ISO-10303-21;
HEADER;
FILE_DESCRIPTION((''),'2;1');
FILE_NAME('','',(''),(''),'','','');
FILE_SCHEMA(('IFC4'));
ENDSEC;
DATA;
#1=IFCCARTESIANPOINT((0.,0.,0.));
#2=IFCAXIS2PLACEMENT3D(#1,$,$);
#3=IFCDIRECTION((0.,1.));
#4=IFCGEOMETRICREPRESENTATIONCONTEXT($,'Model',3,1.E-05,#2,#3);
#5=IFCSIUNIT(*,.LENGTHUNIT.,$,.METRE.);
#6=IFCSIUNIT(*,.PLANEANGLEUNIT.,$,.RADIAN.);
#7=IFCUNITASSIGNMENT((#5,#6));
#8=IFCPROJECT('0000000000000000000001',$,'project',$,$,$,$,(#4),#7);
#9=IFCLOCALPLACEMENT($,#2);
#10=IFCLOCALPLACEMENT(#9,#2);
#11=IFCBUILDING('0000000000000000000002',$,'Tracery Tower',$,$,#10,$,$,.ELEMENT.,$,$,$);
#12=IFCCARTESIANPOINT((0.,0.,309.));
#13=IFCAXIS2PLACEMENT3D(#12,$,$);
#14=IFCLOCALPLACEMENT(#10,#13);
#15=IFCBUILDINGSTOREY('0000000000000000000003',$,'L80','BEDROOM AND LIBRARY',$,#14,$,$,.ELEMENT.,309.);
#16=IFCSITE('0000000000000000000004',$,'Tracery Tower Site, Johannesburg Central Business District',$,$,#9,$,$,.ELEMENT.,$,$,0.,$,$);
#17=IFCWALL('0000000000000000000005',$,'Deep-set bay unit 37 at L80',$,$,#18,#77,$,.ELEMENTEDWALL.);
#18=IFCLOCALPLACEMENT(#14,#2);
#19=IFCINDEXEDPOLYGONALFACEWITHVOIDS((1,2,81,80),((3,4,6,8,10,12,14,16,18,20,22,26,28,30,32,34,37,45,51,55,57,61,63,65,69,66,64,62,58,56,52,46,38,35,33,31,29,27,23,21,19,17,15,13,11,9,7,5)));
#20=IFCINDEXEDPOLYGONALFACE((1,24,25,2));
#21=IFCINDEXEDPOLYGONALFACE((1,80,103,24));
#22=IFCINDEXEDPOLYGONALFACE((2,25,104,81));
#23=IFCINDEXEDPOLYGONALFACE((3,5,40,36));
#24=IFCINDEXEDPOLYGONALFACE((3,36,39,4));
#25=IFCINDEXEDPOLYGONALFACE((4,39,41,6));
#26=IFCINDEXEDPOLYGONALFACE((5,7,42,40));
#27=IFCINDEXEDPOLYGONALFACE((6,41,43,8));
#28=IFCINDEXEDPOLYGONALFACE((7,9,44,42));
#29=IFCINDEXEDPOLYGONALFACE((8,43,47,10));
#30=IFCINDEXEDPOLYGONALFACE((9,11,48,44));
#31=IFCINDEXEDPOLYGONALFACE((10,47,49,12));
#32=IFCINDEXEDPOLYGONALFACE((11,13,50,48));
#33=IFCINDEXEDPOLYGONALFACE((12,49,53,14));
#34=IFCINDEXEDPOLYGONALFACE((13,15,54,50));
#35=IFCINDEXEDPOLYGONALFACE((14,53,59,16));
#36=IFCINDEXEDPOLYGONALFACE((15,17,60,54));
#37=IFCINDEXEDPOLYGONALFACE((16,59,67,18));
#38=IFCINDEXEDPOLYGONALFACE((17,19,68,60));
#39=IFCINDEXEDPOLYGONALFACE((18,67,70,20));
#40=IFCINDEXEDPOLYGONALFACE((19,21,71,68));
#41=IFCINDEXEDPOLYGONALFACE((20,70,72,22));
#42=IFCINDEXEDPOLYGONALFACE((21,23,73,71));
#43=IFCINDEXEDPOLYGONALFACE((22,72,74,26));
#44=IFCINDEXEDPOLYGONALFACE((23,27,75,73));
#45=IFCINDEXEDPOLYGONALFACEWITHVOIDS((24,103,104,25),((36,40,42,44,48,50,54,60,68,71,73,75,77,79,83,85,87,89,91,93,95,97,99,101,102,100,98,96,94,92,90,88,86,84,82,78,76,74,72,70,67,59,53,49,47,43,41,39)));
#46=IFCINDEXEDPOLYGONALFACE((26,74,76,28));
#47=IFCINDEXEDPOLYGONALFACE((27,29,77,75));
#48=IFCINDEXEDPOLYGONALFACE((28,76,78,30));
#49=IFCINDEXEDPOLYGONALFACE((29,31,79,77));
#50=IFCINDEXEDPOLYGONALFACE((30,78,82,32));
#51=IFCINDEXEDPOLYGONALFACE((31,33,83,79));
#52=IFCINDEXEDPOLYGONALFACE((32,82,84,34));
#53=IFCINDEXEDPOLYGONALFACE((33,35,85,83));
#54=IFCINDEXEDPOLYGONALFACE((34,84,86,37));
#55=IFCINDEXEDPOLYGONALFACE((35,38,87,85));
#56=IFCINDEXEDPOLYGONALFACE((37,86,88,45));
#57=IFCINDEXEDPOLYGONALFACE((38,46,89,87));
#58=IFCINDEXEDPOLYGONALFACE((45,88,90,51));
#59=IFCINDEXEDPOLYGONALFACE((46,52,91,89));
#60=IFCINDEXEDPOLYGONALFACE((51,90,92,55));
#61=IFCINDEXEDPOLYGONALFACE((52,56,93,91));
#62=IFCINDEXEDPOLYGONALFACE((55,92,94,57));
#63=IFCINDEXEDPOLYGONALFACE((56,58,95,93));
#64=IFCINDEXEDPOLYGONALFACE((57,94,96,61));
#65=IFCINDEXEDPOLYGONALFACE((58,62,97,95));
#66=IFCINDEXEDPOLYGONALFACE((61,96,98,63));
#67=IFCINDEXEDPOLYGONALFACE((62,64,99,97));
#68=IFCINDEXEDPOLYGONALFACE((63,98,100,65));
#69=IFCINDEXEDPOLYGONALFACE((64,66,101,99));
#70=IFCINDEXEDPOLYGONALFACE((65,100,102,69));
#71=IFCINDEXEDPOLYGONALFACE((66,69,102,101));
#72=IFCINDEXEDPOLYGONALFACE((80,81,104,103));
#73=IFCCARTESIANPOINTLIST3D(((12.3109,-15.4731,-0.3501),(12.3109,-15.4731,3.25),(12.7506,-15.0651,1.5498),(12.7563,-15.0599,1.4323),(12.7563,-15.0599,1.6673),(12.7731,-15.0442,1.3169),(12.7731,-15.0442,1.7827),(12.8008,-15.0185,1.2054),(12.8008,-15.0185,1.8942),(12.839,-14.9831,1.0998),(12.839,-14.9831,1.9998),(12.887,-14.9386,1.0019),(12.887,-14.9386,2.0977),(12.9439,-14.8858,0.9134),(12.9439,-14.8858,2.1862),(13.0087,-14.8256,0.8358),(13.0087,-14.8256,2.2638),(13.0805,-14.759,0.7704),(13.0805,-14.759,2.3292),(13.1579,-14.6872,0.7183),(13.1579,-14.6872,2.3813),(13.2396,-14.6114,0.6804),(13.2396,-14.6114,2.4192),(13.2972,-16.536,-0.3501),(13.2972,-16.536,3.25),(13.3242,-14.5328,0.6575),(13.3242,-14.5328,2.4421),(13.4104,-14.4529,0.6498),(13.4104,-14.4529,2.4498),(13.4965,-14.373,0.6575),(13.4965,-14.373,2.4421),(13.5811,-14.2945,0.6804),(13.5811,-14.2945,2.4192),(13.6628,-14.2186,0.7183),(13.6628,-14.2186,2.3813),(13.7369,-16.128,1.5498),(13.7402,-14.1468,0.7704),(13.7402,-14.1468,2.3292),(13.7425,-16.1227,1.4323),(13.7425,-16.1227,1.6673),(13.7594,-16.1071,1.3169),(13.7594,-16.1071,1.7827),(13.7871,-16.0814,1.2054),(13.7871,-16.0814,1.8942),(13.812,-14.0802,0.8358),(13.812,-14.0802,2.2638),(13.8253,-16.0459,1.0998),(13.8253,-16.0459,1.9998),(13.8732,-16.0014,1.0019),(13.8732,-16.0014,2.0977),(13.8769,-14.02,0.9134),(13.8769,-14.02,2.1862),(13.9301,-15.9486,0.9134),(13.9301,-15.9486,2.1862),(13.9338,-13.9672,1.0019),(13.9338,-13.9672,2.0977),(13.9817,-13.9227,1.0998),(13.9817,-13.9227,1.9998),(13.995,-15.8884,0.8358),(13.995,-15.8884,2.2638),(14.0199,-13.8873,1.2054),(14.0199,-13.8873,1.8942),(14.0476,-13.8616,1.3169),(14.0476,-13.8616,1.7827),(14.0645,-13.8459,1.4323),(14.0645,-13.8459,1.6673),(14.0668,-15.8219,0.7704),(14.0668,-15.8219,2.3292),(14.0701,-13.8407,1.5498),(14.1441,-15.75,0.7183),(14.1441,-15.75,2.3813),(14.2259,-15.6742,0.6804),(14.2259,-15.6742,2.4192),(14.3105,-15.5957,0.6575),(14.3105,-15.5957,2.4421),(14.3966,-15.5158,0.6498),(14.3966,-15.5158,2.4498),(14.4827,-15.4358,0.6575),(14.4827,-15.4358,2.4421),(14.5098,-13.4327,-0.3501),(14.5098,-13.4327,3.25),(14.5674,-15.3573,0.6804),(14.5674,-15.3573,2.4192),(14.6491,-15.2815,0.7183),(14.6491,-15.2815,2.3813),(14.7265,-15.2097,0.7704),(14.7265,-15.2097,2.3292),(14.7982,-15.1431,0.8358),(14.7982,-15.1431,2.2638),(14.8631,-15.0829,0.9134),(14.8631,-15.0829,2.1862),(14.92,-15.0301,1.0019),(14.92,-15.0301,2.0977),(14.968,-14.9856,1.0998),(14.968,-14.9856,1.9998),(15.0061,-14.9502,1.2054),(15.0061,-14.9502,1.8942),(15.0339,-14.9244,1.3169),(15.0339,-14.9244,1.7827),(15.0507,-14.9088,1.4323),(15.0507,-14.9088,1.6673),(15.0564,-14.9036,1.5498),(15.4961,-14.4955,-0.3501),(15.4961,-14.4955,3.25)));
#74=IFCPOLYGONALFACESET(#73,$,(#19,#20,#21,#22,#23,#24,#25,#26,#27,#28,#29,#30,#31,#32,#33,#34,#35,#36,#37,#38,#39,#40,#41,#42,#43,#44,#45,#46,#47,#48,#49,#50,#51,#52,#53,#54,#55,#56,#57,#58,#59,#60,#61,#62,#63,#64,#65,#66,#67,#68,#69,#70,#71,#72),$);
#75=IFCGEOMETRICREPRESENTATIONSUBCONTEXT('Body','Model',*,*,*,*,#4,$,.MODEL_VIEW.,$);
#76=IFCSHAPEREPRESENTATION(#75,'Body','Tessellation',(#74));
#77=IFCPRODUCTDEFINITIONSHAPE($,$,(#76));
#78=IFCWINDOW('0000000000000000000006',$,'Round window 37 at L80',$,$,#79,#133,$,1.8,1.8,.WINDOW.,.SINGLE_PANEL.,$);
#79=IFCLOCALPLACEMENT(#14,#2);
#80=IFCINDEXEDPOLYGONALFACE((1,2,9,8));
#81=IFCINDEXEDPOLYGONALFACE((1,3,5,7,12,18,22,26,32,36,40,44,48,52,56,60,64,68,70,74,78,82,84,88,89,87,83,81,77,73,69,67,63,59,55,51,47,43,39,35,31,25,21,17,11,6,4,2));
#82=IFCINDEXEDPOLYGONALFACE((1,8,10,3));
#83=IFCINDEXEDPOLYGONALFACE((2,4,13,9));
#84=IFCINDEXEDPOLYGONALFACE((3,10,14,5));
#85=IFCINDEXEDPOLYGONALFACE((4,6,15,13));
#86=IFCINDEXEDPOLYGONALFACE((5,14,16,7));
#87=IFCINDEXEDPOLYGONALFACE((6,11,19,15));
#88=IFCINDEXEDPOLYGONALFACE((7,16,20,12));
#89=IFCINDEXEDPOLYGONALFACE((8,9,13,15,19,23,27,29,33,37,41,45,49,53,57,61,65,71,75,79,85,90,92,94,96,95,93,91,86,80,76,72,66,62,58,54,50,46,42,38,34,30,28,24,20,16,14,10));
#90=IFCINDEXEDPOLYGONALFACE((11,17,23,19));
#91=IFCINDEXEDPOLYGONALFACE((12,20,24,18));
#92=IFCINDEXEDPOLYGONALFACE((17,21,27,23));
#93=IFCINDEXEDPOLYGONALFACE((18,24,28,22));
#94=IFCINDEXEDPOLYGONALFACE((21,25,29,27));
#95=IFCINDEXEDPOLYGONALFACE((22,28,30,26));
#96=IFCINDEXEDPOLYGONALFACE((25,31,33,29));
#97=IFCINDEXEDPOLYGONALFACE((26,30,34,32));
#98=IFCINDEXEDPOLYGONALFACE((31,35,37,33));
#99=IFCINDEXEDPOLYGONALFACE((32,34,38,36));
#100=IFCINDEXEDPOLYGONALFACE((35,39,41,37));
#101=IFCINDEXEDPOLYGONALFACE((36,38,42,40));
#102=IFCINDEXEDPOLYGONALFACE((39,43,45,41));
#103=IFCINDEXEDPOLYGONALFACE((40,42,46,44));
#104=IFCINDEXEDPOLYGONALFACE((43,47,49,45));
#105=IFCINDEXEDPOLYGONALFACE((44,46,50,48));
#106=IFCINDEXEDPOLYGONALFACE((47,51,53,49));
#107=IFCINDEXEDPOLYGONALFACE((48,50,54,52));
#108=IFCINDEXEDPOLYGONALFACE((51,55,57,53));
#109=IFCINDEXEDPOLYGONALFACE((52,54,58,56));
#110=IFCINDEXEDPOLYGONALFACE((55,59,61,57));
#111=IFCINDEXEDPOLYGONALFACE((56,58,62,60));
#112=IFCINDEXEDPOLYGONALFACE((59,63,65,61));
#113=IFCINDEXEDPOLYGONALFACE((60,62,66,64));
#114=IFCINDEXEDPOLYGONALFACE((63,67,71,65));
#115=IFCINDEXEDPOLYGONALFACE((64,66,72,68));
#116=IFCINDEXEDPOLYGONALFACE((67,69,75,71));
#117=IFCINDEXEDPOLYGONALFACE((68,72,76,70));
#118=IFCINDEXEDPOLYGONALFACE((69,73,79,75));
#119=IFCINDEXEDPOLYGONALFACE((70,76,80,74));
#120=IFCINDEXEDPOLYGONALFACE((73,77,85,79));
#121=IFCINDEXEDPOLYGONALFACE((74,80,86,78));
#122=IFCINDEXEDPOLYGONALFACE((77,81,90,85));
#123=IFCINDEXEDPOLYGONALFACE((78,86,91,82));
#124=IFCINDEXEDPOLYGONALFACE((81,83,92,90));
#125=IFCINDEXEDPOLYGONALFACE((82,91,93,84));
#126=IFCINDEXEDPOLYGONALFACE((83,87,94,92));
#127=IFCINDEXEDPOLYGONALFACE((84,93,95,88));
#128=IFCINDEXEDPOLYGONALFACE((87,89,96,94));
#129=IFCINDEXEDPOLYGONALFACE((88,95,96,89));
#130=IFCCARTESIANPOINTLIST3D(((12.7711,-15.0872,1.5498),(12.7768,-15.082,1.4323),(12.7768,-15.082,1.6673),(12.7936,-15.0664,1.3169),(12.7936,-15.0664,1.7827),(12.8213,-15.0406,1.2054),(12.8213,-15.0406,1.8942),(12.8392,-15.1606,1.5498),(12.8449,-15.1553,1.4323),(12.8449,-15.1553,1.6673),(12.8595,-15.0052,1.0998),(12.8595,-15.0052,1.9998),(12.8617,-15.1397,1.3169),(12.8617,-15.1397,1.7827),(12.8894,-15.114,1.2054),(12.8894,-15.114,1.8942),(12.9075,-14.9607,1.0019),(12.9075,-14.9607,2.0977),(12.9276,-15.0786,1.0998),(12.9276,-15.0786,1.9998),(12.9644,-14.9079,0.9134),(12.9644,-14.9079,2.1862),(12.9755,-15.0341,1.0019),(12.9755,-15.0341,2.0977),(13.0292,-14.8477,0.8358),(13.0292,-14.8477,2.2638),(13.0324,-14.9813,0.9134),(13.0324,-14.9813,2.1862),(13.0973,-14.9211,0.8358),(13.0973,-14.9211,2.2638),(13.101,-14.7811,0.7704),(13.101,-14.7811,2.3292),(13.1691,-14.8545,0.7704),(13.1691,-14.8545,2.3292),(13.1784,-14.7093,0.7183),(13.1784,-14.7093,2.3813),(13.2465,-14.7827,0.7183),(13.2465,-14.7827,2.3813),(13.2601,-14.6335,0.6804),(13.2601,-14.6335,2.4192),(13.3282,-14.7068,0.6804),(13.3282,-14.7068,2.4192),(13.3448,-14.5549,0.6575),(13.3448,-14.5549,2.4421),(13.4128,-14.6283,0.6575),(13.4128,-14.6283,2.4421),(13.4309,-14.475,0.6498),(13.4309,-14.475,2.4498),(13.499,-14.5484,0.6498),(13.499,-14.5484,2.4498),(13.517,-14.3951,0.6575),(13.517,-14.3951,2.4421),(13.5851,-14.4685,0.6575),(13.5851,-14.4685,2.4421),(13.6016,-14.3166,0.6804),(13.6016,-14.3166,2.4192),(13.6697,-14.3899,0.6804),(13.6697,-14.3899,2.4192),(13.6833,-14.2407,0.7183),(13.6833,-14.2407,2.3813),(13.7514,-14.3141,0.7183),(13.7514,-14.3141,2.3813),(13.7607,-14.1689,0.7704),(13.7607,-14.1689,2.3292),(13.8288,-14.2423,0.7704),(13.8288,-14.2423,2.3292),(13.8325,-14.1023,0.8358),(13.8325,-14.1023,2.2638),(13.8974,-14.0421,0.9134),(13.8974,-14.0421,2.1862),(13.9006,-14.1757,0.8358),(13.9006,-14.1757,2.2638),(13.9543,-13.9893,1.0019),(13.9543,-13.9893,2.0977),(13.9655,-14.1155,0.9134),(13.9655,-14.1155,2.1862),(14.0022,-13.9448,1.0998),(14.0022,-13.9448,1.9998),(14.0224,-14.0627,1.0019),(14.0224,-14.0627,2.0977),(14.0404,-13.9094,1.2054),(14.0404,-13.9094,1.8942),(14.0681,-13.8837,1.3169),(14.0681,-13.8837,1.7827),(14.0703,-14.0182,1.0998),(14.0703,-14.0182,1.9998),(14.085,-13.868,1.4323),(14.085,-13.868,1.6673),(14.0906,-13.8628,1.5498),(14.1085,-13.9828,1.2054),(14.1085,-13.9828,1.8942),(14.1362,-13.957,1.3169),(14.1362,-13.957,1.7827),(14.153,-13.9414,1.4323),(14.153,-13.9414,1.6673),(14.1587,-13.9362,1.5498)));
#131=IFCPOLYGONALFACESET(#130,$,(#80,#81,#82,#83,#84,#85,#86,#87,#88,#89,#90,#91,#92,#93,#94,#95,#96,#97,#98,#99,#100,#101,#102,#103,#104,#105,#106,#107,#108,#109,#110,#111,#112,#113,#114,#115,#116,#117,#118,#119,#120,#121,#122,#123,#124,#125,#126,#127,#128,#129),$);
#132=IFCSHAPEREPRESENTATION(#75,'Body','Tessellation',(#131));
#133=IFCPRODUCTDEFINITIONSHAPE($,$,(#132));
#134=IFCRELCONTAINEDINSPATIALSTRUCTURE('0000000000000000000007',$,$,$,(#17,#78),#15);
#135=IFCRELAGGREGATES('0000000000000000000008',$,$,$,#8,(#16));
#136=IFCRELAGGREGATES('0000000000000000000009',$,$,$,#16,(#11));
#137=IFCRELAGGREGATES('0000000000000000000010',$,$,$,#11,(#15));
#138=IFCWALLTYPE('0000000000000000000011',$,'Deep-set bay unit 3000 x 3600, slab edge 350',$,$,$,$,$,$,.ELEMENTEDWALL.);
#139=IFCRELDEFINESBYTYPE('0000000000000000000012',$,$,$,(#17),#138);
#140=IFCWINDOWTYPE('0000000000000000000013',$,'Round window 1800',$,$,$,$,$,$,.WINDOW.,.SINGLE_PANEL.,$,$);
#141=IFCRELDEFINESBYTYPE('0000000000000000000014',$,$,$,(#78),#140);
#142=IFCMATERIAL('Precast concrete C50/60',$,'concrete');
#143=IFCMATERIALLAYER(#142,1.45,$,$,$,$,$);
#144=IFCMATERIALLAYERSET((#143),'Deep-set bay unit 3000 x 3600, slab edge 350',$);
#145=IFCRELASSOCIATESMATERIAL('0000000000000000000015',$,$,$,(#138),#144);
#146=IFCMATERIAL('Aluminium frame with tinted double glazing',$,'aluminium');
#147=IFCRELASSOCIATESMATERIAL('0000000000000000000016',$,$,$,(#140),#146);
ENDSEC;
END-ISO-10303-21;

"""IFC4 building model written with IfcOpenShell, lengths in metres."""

from ifc_helpers import new_model, si_unit, direction, frame, frame_2d, origin, origin_2d, place, context, subcontext, project, spatial, rectangle, circle, extrude, material, layer, layer_set, type_object, element, fill, save


model = new_model("IFC4")

# Units and contexts
model_context = context("Model", 3, precision=1e-05, world=origin(), true_north=direction((0.0, 1.0)))
body_context = subcontext(model_context, "Body", "Model", "MODEL_VIEW")
ifc_project = project(units=[si_unit("LENGTHUNIT", "METRE"), si_unit("PLANEANGLEUNIT", "RADIAN")], contexts=[model_context])

# Site, building, storey
site_placement = place(None, origin())
site = spatial("IfcSite", under=ifc_project, at=site_placement, Name="Tracery Tower Site, Johannesburg Central Business District", CompositionType="ELEMENT", RefElevation=0.0)
building_placement = place(site_placement, origin())
building = spatial("IfcBuilding", under=site, at=building_placement, Name="Tracery Tower", CompositionType="ELEMENT")
storey_placement = place(building_placement, frame((0.0, 0.0, 309.0)))
storey = spatial("IfcBuildingStorey", under=building, at=storey_placement, Name="L80", Description="BEDROOM AND LIBRARY", CompositionType="ELEMENT", Elevation=309.0)

# Wall, opening, window
ifc_material_1 = material(Name="Precast concrete C50/60", Category="concrete")
ifc_layer_1 = layer(ifc_material_1, 1.45)
ifc_layer_set_1 = layer_set([ifc_layer_1], Name="Deep-set bay unit 3000 x 3600, slab edge 350")
wall_type_1 = type_object("IfcWallType", Name="Deep-set bay unit 3000 x 3600, slab edge 350", PredefinedType="ELEMENTEDWALL", material=ifc_layer_set_1)
wall_1_placement = place(storey_placement, frame((12.804, -16.0046, -0.3501), z_axis=(0.0, 0.0, 1.0), x_axis=(0.733022, 0.680204, 0.0)))
wall_1 = element("IfcWall", 1, at=wall_1_placement, inside=storey, type_object=wall_type_1, Name="Deep-set bay unit 37 at L80", PredefinedType="ELEMENTEDWALL", context=body_context, shape_type="SweptSolid", body=[
    extrude(rectangle(XDim=2.9998, YDim=1.45, at=frame_2d((1.5, 0.0))), origin(), (0.0, 0.0, 1.0), 3.6001),
])
opening_1_placement = place(wall_1_placement, frame((1.5, 0.0, 1.8999)))
opening_1 = element("IfcOpeningElement", 2, at=opening_1_placement, cuts=wall_1, PredefinedType="OPENING", context=body_context, shape_type="SweptSolid", body=[
    extrude(circle(Radius=0.9, at=origin_2d()), frame((0.0, 0.7349, 0.0), z_axis=(0.0, -1.0, 0.0), x_axis=(1.0, 0.0, 0.0)), (0.0, 0.0, 1.0), 1.47),
])
ifc_material_2 = material(Name="Aluminium frame with tinted double glazing", Category="aluminium")
window_type = type_object("IfcWindowType", Name="Round window 1800", PartitioningType="SINGLE_PANEL", PredefinedType="WINDOW", material=ifc_material_2)
window_1_placement = place(opening_1_placement, origin())
window_1 = element("IfcWindow", 3, at=window_1_placement, inside=storey, type_object=window_type, Name="Round window 37 at L80", OverallHeight=1.8, OverallWidth=1.8, PartitioningType="SINGLE_PANEL", PredefinedType="WINDOW", context=body_context, shape_type="SweptSolid", body=[
    extrude(circle(Radius=0.9, at=origin_2d()), frame((0.0, 0.6948, 0.0), z_axis=(0.0, -1.0, 0.0), x_axis=(1.0, 0.0, 0.0)), (0.0, 0.0, 1.0), 0.1001),
])
fill(opening_1, window_1)

save(model, "model.ifc")
